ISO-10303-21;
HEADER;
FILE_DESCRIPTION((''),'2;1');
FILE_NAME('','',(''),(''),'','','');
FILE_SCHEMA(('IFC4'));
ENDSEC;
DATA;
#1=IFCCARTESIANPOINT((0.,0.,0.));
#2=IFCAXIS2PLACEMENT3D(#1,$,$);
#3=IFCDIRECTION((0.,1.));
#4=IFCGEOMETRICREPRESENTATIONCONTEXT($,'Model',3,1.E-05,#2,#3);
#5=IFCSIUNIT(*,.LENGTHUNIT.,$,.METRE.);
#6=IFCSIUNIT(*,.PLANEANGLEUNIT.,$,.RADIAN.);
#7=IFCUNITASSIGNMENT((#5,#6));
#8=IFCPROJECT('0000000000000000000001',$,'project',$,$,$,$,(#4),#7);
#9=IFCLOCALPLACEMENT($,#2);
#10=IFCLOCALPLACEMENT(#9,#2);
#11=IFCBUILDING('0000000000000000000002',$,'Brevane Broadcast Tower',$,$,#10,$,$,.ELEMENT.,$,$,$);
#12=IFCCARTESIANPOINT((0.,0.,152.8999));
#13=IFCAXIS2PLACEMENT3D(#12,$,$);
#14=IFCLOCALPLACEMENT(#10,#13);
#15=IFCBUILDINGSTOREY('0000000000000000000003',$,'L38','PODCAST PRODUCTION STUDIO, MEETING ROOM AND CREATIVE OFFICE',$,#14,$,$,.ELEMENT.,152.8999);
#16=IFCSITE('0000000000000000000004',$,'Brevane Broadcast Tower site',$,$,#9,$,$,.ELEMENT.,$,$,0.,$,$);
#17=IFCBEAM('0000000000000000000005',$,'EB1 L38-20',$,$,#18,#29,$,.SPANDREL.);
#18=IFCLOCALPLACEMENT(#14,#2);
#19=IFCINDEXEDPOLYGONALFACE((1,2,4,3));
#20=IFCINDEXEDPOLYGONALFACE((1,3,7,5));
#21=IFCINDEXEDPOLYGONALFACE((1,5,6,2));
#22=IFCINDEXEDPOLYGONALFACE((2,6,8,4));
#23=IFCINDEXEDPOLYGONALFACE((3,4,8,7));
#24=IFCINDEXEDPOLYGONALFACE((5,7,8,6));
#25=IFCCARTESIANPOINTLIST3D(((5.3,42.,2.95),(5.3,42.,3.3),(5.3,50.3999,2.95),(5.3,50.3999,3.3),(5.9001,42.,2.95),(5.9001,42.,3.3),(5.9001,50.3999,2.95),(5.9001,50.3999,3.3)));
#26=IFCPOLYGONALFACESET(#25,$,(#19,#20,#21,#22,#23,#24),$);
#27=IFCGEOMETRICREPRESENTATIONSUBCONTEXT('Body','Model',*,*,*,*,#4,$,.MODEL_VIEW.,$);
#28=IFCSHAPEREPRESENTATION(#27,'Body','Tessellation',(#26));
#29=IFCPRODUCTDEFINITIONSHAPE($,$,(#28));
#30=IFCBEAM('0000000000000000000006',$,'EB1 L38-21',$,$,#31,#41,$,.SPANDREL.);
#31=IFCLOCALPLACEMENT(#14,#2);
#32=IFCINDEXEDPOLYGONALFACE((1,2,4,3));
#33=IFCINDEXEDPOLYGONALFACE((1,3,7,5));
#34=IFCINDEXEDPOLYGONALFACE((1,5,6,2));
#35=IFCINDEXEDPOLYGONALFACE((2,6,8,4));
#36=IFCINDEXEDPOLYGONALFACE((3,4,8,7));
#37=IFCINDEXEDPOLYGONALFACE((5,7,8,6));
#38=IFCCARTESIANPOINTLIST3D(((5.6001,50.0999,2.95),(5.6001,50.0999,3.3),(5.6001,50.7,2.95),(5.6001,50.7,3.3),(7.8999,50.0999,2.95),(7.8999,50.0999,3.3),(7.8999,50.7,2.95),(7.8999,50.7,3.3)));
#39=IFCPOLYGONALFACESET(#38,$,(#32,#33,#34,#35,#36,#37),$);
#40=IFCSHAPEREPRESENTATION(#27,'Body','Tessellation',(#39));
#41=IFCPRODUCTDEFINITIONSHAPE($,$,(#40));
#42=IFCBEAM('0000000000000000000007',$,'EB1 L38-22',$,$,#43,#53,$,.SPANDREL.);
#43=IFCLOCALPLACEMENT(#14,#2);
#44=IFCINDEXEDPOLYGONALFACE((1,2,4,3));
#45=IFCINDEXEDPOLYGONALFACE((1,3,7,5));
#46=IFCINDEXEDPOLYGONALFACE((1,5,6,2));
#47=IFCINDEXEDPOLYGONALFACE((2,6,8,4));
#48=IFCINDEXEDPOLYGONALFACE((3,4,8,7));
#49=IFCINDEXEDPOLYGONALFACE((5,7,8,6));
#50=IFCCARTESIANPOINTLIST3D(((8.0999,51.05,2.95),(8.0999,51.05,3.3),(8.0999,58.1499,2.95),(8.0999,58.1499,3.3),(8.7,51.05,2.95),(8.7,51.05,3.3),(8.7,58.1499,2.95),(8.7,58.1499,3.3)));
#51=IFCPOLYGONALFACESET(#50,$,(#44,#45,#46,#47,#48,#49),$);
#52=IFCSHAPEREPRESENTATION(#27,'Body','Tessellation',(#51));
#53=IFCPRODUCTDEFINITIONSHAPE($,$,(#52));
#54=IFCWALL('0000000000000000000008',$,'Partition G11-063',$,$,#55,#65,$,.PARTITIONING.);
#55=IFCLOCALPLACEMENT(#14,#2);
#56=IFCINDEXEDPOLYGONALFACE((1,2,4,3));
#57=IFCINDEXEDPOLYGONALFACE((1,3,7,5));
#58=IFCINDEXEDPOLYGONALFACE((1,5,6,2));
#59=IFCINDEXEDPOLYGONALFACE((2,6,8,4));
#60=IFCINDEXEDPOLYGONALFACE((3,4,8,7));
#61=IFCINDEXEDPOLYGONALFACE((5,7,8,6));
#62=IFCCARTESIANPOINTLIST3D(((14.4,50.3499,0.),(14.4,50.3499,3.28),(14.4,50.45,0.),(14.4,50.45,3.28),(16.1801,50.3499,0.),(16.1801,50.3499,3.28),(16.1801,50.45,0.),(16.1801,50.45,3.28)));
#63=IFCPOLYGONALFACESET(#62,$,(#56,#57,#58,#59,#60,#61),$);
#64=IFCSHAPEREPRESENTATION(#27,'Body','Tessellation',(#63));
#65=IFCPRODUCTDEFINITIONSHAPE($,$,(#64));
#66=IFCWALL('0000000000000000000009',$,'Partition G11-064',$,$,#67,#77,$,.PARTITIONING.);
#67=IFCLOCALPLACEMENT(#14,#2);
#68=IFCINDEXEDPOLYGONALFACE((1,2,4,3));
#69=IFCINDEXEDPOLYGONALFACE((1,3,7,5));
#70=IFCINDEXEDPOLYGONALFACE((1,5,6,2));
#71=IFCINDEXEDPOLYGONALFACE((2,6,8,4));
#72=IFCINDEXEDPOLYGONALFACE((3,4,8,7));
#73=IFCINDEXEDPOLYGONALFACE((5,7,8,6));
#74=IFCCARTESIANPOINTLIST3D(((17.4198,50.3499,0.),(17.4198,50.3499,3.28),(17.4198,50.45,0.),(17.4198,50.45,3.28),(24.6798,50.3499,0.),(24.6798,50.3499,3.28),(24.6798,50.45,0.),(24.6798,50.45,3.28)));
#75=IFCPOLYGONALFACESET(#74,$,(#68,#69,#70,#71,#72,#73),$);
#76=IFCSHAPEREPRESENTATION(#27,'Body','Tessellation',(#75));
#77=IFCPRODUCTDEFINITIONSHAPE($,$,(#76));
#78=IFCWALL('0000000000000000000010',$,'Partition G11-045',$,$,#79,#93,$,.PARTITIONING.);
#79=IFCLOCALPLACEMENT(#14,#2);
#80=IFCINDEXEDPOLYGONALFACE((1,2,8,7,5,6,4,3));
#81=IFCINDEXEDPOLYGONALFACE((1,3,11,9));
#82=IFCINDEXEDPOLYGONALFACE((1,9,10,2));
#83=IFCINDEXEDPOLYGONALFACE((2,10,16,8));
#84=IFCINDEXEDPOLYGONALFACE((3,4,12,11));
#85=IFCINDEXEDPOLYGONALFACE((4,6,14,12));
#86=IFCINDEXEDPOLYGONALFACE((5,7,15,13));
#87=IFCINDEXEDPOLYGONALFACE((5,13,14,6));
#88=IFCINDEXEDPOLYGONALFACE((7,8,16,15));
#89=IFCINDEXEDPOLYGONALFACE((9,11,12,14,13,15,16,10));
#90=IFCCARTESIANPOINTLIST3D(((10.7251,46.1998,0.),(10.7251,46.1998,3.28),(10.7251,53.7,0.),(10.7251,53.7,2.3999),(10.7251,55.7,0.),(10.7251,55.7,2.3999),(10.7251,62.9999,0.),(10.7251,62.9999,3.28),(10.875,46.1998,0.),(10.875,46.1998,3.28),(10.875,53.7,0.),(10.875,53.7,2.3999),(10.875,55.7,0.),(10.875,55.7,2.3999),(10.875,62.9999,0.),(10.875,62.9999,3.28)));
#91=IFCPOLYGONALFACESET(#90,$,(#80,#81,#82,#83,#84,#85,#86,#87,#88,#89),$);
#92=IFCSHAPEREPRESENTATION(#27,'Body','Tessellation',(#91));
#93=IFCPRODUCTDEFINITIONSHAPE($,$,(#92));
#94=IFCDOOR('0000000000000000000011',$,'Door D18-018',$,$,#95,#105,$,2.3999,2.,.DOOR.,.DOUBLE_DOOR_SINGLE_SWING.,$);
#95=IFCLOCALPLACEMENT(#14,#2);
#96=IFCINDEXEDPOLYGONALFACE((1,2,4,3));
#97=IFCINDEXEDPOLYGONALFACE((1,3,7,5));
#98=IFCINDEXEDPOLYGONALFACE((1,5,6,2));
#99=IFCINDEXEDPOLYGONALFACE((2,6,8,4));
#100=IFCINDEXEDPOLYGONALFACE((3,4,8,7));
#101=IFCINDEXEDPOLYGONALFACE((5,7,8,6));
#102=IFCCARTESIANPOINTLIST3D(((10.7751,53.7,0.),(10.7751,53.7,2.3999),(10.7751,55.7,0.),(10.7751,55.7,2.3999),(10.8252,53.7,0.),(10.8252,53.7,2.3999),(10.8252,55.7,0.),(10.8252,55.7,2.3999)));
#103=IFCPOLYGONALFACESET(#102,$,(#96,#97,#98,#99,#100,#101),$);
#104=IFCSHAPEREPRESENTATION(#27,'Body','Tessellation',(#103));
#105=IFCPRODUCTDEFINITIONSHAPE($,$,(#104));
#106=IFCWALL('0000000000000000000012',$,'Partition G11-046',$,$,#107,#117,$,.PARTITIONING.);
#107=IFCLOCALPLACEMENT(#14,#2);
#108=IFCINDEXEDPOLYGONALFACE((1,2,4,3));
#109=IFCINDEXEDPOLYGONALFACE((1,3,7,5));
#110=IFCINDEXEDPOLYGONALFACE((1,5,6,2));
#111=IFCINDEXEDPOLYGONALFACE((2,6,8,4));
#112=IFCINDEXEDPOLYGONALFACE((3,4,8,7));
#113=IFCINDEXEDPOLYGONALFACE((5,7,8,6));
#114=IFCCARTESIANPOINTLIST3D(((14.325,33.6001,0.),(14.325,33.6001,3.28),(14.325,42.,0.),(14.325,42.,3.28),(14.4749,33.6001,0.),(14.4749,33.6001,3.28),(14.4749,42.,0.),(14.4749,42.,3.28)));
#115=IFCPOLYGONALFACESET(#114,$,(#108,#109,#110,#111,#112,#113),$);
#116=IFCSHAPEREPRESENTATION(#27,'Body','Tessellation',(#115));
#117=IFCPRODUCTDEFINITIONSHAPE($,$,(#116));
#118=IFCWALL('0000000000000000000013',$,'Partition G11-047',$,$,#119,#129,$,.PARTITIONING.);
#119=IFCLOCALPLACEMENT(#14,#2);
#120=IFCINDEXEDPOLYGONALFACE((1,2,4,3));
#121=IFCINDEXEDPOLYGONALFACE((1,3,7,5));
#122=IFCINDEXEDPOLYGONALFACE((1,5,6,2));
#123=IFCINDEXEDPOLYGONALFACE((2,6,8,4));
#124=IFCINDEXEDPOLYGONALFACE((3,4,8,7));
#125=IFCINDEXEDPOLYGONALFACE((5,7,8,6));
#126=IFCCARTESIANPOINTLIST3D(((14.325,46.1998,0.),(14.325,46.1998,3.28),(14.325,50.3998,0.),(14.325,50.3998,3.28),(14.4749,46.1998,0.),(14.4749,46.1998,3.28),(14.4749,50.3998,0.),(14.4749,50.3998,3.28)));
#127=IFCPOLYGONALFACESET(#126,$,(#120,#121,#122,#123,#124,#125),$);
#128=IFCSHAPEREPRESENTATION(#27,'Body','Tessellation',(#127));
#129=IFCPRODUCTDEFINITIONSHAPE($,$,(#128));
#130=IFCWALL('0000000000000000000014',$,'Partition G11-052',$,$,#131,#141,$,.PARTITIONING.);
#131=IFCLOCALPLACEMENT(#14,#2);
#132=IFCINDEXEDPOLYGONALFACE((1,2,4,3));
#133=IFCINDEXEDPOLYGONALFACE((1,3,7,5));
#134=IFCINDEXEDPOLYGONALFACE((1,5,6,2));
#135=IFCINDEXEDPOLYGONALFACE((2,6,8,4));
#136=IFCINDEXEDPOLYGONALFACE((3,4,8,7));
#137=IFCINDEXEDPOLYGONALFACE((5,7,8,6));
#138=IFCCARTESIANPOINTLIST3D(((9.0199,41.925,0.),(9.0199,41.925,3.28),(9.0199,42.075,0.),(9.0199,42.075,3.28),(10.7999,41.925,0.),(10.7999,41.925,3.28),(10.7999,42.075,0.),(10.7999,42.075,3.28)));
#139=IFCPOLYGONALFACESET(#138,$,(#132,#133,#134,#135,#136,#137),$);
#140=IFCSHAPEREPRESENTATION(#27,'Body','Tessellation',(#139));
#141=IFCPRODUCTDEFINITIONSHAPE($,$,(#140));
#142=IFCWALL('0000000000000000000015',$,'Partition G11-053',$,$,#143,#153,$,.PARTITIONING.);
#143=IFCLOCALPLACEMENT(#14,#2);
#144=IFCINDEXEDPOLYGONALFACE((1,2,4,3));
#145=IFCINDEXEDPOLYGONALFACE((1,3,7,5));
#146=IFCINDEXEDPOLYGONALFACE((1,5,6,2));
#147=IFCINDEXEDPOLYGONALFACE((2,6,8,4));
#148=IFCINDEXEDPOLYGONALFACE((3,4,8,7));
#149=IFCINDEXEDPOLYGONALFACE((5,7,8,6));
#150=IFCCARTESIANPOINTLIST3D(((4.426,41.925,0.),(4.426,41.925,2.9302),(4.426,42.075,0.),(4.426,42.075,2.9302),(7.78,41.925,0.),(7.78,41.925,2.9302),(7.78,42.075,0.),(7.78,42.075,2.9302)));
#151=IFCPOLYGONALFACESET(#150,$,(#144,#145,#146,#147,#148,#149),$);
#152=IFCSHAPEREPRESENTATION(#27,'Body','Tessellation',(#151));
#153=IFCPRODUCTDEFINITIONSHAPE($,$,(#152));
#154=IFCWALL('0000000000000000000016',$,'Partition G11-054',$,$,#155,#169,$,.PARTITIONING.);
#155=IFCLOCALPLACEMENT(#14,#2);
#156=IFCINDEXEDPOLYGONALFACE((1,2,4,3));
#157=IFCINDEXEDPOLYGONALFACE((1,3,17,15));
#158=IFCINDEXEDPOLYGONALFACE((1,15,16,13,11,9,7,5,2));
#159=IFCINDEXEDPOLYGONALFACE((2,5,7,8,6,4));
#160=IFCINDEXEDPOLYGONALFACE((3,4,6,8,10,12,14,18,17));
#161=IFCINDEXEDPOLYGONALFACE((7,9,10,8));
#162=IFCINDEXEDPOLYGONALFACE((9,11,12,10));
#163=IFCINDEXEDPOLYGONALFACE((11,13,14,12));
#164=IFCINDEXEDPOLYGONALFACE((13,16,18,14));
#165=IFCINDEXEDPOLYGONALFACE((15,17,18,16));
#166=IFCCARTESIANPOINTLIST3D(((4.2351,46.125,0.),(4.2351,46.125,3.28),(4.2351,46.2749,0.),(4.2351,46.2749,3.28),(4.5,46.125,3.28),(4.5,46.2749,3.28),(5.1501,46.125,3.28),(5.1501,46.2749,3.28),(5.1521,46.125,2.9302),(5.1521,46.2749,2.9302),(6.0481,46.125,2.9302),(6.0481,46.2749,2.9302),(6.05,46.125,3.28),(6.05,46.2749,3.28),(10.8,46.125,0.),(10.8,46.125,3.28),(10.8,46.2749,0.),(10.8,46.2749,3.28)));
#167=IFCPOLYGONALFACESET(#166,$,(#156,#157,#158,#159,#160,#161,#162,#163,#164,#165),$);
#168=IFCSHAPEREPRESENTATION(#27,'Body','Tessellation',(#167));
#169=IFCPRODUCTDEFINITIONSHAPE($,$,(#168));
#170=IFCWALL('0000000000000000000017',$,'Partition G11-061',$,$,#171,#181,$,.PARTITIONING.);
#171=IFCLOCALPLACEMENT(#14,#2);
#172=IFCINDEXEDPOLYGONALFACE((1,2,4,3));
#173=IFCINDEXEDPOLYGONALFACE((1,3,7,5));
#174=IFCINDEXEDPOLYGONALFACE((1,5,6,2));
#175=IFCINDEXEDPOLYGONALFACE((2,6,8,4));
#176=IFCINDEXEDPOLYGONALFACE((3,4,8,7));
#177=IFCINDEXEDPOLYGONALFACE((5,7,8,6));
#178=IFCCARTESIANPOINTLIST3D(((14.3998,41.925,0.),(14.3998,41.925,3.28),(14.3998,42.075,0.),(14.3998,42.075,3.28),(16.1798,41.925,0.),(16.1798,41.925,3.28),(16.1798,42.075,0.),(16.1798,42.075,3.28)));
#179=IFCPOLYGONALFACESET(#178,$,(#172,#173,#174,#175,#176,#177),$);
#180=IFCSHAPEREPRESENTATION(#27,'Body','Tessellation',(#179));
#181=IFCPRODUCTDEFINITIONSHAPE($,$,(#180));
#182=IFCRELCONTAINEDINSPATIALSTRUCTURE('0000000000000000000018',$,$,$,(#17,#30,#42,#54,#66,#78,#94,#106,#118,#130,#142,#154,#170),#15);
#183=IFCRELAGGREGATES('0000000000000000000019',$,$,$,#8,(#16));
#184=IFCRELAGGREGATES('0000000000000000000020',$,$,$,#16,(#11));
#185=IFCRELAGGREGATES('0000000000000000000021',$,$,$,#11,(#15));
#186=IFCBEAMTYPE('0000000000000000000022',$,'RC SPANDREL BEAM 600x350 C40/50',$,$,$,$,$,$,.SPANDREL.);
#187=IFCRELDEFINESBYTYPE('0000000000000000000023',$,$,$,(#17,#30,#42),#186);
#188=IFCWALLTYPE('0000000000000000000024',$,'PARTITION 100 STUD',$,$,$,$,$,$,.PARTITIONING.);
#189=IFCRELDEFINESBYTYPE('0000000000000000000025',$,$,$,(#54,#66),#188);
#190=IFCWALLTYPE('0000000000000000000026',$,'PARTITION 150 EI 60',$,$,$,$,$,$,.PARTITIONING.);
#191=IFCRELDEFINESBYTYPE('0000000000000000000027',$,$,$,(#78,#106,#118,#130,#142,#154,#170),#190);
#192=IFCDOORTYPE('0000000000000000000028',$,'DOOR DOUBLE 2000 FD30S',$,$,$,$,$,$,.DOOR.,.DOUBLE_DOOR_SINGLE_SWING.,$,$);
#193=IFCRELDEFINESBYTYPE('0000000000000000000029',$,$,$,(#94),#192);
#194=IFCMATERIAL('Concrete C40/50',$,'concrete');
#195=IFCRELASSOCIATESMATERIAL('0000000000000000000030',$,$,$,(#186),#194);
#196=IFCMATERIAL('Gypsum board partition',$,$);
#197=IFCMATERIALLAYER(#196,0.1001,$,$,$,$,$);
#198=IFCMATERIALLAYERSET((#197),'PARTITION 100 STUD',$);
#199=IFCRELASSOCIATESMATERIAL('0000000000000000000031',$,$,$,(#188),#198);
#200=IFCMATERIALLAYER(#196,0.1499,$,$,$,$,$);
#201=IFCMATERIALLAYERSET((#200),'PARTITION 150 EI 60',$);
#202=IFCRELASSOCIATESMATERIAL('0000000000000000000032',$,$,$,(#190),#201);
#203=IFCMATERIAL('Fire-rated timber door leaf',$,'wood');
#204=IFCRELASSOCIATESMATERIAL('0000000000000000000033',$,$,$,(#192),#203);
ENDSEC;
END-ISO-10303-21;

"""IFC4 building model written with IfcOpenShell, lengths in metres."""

from ifc_helpers import new_model, si_unit, direction, frame, frame_2d, origin, origin_2d, place, context, subcontext, project, spatial, polyline, rectangle, outline, extrude, material, layer, layer_set, material_profile, profile_set, type_object, element, fill, save


model = new_model("IFC4")

# Units and contexts
model_context = context("Model", 3, precision=1e-05, world=origin(), true_north=direction((0.0, 1.0)))
body_context = subcontext(model_context, "Body", "Model", "MODEL_VIEW")
ifc_project = project(units=[si_unit("LENGTHUNIT", "METRE"), si_unit("PLANEANGLEUNIT", "RADIAN")], contexts=[model_context])

# Site, building, storey
site_placement = place(None, origin())
site = spatial("IfcSite", under=ifc_project, at=site_placement, Name="Brevane Broadcast Tower site", CompositionType="ELEMENT", RefElevation=0.0)
building_placement = place(site_placement, origin())
building = spatial("IfcBuilding", under=site, at=building_placement, Name="Brevane Broadcast Tower", CompositionType="ELEMENT")
storey_placement = place(building_placement, frame((0.0, 0.0, 152.8999)))
storey = spatial("IfcBuildingStorey", under=building, at=storey_placement, Name="L38", Description="PODCAST PRODUCTION STUDIO, MEETING ROOM AND CREATIVE OFFICE", CompositionType="ELEMENT", Elevation=152.8999)

# Beams
ifc_material_1 = material(Name="Concrete C40/50", Category="concrete")
ifc_material_profile_1 = material_profile(ifc_material_1, rectangle(XDim=0.6001, YDim=0.3501, at=origin_2d()), Name="RC 600x350")
ifc_profile_set_1 = profile_set([ifc_material_profile_1], Name="Concrete C40/50")
beam_type_1 = type_object("IfcBeamType", Name="RC SPANDREL BEAM 600x350 C40/50", PredefinedType="SPANDREL", material=ifc_profile_set_1)
beam_1_placement = place(storey_placement, frame((5.6001, 42.0, 3.125), z_axis=(0.0, 1.0, 0.0), x_axis=(-1.0, 0.0, 0.0)))
element("IfcBeam", 1, at=beam_1_placement, inside=storey, type_object=beam_type_1, Name="EB1 L38-20", PredefinedType="SPANDREL", context=body_context, shape_type="SweptSolid", body=[
    extrude(rectangle(XDim=0.6001, YDim=0.3501, at=origin_2d()), origin(), (0.0, 0.0, 1.0), 8.3999),
])
beam_2_placement = place(storey_placement, frame((5.6001, 50.3999, 3.125), z_axis=(1.0, 0.0, 0.0), x_axis=(0.0, 1.0, 0.0)))
element("IfcBeam", 2, at=beam_2_placement, inside=storey, type_object=beam_type_1, Name="EB1 L38-21", PredefinedType="SPANDREL", context=body_context, shape_type="SweptSolid", body=[
    extrude(rectangle(XDim=0.6001, YDim=0.3501, at=origin_2d()), origin(), (0.0, 0.0, 1.0), 2.2998),
])
beam_3_placement = place(storey_placement, frame((8.3999, 51.05, 3.125), z_axis=(0.0, 1.0, 0.0), x_axis=(-1.0, 0.0, 0.0)))
element("IfcBeam", 3, at=beam_3_placement, inside=storey, type_object=beam_type_1, Name="EB1 L38-22", PredefinedType="SPANDREL", context=body_context, shape_type="SweptSolid", body=[
    extrude(rectangle(XDim=0.6001, YDim=0.3501, at=origin_2d()), origin(), (0.0, 0.0, 1.0), 7.0999),
])

# Walls
ifc_material_2 = material(Name="Gypsum board partition")
ifc_layer_1 = layer(ifc_material_2, 0.1001)
ifc_layer_set_1 = layer_set([ifc_layer_1], Name="PARTITION 100 STUD")
wall_type_1 = type_object("IfcWallType", Name="PARTITION 100 STUD", PredefinedType="PARTITIONING", material=ifc_layer_set_1)
wall_1_placement = place(storey_placement, frame((14.3999, 50.3999, 0.0), z_axis=(0.0, 0.0, 1.0), x_axis=(1.0, 0.0, 0.0)))
element("IfcWall", 4, at=wall_1_placement, inside=storey, type_object=wall_type_1, Name="Partition G11-063", PredefinedType="PARTITIONING", context=body_context, shape_type="SweptSolid", body=[
    extrude(rectangle(XDim=1.78, YDim=0.1001, at=frame_2d((0.8901, 0.0))), origin(), (0.0, 0.0, 1.0), 3.28),
])
wall_2_placement = place(storey_placement, frame((17.4199, 50.3999, 0.0), z_axis=(0.0, 0.0, 1.0), x_axis=(1.0, 0.0, 0.0)))
element("IfcWall", 5, at=wall_2_placement, inside=storey, type_object=wall_type_1, Name="Partition G11-064", PredefinedType="PARTITIONING", context=body_context, shape_type="SweptSolid", body=[
    extrude(rectangle(XDim=7.26, YDim=0.1001, at=frame_2d((3.6299, 0.0))), origin(), (0.0, 0.0, 1.0), 3.28),
])

# Wall, opening, door
ifc_layer_2 = layer(ifc_material_2, 0.1499)
ifc_layer_set_2 = layer_set([ifc_layer_2], Name="PARTITION 150 EI 60")
wall_type_2 = type_object("IfcWallType", Name="PARTITION 150 EI 60", PredefinedType="PARTITIONING", material=ifc_layer_set_2)
wall_3_placement = place(storey_placement, frame((10.8, 46.2, 0.0), z_axis=(0.0, 0.0, 1.0), x_axis=(0.0, 1.0, 0.0)))
wall_3 = element("IfcWall", 6, at=wall_3_placement, inside=storey, type_object=wall_type_2, Name="Partition G11-045", PredefinedType="PARTITIONING", context=body_context, shape_type="SweptSolid", body=[
    extrude(rectangle(XDim=16.8, YDim=0.1499, at=frame_2d((8.3999, 0.0))), origin(), (0.0, 0.0, 1.0), 3.28),
])
opening_1_placement = place(wall_3_placement, frame((7.5, 0.0, 0.0)))
opening_1 = element("IfcOpeningElement", 7, at=opening_1_placement, cuts=wall_3, PredefinedType="OPENING", context=body_context, shape_type="SweptSolid", body=[
    extrude(rectangle(XDim=2.0, YDim=2.3999, at=frame_2d((1.0, 1.2))), frame((0.0, 0.085, 0.0), z_axis=(0.0, -1.0, 0.0), x_axis=(1.0, 0.0, 0.0)), (0.0, 0.0, 1.0), 0.1699),
])
ifc_material_3 = material(Name="Fire-rated timber door leaf", Category="wood")
door_type_1 = type_object("IfcDoorType", Name="DOOR DOUBLE 2000 FD30S", OperationType="DOUBLE_DOOR_SINGLE_SWING", PredefinedType="DOOR", material=ifc_material_3)
door_1_placement = place(opening_1_placement, origin())
door_1 = element("IfcDoor", 8, at=door_1_placement, inside=storey, type_object=door_type_1, Name="Door D18-018", OperationType="DOUBLE_DOOR_SINGLE_SWING", OverallHeight=2.3999, OverallWidth=2.0, PredefinedType="DOOR", context=body_context, shape_type="SweptSolid", body=[
    extrude(rectangle(XDim=2.0, YDim=2.3999, at=frame_2d((1.0, 1.2))), frame((0.0, 0.0249, 0.0), z_axis=(0.0, -1.0, 0.0), x_axis=(1.0, 0.0, 0.0)), (0.0, 0.0, 1.0), 0.05),
])
fill(opening_1, door_1)

# Walls
wall_4_placement = place(storey_placement, frame((14.3999, 42.0, 0.0), z_axis=(0.0, 0.0, 1.0), x_axis=(0.0, -1.0, 0.0)))
element("IfcWall", 9, at=wall_4_placement, inside=storey, type_object=wall_type_2, Name="Partition G11-046", PredefinedType="PARTITIONING", context=body_context, shape_type="SweptSolid", body=[
    extrude(rectangle(XDim=8.3999, YDim=0.1499, at=frame_2d((4.2, 0.0))), origin(), (0.0, 0.0, 1.0), 3.28),
])
wall_5_placement = place(storey_placement, frame((14.3999, 50.3999, 0.0), z_axis=(0.0, 0.0, 1.0), x_axis=(0.0, -1.0, 0.0)))
element("IfcWall", 10, at=wall_5_placement, inside=storey, type_object=wall_type_2, Name="Partition G11-047", PredefinedType="PARTITIONING", context=body_context, shape_type="SweptSolid", body=[
    extrude(rectangle(XDim=4.2, YDim=0.1499, at=frame_2d((2.1001, 0.0))), origin(), (0.0, 0.0, 1.0), 3.28),
])
wall_6_placement = place(storey_placement, frame((10.8, 42.0, 0.0), z_axis=(0.0, 0.0, 1.0), x_axis=(-1.0, 0.0, 0.0)))
element("IfcWall", 11, at=wall_6_placement, inside=storey, type_object=wall_type_2, Name="Partition G11-052", PredefinedType="PARTITIONING", context=body_context, shape_type="SweptSolid", body=[
    extrude(rectangle(XDim=1.78, YDim=0.1499, at=frame_2d((0.8901, 0.0))), origin(), (0.0, 0.0, 1.0), 3.28),
])
wall_7_placement = place(storey_placement, frame((7.78, 42.0, 0.0), z_axis=(0.0, 0.0, 1.0), x_axis=(-1.0, 0.0, 0.0)))
element("IfcWall", 12, at=wall_7_placement, inside=storey, type_object=wall_type_2, Name="Partition G11-053", PredefinedType="PARTITIONING", context=body_context, shape_type="SweptSolid", body=[
    extrude(rectangle(XDim=3.354, YDim=0.1499, at=frame_2d((1.677, 0.0))), origin(), (0.0, 0.0, 1.0), 2.9302),
])
wall_8_placement = place(storey_placement, frame((4.2351, 46.2, 0.0), z_axis=(0.0, 0.0, 1.0), x_axis=(1.0, 0.0, 0.0)))
element("IfcWall", 13, at=wall_8_placement, inside=storey, type_object=wall_type_2, Name="Partition G11-054", PredefinedType="PARTITIONING", context=body_context, shape_type="SweptSolid", body=[
    extrude(outline(polyline([(0.0, 0.0), (6.5649, 0.0), (6.5649, 3.28), (1.8149, 3.28), (1.813, 2.9302), (0.917, 2.9302), (0.915, 3.28), (0.2649, 3.28), (0.0, 3.28), (0.0, 0.0)])), frame((0.0, 0.075, 0.0), z_axis=(0.0, -1.0, 0.0), x_axis=(1.0, 0.0, 0.0)), (0.0, 0.0, 1.0), 0.1499),
])
wall_9_placement = place(storey_placement, frame((16.1799, 42.0, 0.0), z_axis=(0.0, 0.0, 1.0), x_axis=(-1.0, 0.0, 0.0)))
element("IfcWall", 14, at=wall_9_placement, inside=storey, type_object=wall_type_2, Name="Partition G11-061", PredefinedType="PARTITIONING", context=body_context, shape_type="SweptSolid", body=[
    extrude(rectangle(XDim=1.78, YDim=0.1499, at=frame_2d((0.8901, 0.0))), origin(), (0.0, 0.0, 1.0), 3.28),
])

save(model, "model.ifc")
